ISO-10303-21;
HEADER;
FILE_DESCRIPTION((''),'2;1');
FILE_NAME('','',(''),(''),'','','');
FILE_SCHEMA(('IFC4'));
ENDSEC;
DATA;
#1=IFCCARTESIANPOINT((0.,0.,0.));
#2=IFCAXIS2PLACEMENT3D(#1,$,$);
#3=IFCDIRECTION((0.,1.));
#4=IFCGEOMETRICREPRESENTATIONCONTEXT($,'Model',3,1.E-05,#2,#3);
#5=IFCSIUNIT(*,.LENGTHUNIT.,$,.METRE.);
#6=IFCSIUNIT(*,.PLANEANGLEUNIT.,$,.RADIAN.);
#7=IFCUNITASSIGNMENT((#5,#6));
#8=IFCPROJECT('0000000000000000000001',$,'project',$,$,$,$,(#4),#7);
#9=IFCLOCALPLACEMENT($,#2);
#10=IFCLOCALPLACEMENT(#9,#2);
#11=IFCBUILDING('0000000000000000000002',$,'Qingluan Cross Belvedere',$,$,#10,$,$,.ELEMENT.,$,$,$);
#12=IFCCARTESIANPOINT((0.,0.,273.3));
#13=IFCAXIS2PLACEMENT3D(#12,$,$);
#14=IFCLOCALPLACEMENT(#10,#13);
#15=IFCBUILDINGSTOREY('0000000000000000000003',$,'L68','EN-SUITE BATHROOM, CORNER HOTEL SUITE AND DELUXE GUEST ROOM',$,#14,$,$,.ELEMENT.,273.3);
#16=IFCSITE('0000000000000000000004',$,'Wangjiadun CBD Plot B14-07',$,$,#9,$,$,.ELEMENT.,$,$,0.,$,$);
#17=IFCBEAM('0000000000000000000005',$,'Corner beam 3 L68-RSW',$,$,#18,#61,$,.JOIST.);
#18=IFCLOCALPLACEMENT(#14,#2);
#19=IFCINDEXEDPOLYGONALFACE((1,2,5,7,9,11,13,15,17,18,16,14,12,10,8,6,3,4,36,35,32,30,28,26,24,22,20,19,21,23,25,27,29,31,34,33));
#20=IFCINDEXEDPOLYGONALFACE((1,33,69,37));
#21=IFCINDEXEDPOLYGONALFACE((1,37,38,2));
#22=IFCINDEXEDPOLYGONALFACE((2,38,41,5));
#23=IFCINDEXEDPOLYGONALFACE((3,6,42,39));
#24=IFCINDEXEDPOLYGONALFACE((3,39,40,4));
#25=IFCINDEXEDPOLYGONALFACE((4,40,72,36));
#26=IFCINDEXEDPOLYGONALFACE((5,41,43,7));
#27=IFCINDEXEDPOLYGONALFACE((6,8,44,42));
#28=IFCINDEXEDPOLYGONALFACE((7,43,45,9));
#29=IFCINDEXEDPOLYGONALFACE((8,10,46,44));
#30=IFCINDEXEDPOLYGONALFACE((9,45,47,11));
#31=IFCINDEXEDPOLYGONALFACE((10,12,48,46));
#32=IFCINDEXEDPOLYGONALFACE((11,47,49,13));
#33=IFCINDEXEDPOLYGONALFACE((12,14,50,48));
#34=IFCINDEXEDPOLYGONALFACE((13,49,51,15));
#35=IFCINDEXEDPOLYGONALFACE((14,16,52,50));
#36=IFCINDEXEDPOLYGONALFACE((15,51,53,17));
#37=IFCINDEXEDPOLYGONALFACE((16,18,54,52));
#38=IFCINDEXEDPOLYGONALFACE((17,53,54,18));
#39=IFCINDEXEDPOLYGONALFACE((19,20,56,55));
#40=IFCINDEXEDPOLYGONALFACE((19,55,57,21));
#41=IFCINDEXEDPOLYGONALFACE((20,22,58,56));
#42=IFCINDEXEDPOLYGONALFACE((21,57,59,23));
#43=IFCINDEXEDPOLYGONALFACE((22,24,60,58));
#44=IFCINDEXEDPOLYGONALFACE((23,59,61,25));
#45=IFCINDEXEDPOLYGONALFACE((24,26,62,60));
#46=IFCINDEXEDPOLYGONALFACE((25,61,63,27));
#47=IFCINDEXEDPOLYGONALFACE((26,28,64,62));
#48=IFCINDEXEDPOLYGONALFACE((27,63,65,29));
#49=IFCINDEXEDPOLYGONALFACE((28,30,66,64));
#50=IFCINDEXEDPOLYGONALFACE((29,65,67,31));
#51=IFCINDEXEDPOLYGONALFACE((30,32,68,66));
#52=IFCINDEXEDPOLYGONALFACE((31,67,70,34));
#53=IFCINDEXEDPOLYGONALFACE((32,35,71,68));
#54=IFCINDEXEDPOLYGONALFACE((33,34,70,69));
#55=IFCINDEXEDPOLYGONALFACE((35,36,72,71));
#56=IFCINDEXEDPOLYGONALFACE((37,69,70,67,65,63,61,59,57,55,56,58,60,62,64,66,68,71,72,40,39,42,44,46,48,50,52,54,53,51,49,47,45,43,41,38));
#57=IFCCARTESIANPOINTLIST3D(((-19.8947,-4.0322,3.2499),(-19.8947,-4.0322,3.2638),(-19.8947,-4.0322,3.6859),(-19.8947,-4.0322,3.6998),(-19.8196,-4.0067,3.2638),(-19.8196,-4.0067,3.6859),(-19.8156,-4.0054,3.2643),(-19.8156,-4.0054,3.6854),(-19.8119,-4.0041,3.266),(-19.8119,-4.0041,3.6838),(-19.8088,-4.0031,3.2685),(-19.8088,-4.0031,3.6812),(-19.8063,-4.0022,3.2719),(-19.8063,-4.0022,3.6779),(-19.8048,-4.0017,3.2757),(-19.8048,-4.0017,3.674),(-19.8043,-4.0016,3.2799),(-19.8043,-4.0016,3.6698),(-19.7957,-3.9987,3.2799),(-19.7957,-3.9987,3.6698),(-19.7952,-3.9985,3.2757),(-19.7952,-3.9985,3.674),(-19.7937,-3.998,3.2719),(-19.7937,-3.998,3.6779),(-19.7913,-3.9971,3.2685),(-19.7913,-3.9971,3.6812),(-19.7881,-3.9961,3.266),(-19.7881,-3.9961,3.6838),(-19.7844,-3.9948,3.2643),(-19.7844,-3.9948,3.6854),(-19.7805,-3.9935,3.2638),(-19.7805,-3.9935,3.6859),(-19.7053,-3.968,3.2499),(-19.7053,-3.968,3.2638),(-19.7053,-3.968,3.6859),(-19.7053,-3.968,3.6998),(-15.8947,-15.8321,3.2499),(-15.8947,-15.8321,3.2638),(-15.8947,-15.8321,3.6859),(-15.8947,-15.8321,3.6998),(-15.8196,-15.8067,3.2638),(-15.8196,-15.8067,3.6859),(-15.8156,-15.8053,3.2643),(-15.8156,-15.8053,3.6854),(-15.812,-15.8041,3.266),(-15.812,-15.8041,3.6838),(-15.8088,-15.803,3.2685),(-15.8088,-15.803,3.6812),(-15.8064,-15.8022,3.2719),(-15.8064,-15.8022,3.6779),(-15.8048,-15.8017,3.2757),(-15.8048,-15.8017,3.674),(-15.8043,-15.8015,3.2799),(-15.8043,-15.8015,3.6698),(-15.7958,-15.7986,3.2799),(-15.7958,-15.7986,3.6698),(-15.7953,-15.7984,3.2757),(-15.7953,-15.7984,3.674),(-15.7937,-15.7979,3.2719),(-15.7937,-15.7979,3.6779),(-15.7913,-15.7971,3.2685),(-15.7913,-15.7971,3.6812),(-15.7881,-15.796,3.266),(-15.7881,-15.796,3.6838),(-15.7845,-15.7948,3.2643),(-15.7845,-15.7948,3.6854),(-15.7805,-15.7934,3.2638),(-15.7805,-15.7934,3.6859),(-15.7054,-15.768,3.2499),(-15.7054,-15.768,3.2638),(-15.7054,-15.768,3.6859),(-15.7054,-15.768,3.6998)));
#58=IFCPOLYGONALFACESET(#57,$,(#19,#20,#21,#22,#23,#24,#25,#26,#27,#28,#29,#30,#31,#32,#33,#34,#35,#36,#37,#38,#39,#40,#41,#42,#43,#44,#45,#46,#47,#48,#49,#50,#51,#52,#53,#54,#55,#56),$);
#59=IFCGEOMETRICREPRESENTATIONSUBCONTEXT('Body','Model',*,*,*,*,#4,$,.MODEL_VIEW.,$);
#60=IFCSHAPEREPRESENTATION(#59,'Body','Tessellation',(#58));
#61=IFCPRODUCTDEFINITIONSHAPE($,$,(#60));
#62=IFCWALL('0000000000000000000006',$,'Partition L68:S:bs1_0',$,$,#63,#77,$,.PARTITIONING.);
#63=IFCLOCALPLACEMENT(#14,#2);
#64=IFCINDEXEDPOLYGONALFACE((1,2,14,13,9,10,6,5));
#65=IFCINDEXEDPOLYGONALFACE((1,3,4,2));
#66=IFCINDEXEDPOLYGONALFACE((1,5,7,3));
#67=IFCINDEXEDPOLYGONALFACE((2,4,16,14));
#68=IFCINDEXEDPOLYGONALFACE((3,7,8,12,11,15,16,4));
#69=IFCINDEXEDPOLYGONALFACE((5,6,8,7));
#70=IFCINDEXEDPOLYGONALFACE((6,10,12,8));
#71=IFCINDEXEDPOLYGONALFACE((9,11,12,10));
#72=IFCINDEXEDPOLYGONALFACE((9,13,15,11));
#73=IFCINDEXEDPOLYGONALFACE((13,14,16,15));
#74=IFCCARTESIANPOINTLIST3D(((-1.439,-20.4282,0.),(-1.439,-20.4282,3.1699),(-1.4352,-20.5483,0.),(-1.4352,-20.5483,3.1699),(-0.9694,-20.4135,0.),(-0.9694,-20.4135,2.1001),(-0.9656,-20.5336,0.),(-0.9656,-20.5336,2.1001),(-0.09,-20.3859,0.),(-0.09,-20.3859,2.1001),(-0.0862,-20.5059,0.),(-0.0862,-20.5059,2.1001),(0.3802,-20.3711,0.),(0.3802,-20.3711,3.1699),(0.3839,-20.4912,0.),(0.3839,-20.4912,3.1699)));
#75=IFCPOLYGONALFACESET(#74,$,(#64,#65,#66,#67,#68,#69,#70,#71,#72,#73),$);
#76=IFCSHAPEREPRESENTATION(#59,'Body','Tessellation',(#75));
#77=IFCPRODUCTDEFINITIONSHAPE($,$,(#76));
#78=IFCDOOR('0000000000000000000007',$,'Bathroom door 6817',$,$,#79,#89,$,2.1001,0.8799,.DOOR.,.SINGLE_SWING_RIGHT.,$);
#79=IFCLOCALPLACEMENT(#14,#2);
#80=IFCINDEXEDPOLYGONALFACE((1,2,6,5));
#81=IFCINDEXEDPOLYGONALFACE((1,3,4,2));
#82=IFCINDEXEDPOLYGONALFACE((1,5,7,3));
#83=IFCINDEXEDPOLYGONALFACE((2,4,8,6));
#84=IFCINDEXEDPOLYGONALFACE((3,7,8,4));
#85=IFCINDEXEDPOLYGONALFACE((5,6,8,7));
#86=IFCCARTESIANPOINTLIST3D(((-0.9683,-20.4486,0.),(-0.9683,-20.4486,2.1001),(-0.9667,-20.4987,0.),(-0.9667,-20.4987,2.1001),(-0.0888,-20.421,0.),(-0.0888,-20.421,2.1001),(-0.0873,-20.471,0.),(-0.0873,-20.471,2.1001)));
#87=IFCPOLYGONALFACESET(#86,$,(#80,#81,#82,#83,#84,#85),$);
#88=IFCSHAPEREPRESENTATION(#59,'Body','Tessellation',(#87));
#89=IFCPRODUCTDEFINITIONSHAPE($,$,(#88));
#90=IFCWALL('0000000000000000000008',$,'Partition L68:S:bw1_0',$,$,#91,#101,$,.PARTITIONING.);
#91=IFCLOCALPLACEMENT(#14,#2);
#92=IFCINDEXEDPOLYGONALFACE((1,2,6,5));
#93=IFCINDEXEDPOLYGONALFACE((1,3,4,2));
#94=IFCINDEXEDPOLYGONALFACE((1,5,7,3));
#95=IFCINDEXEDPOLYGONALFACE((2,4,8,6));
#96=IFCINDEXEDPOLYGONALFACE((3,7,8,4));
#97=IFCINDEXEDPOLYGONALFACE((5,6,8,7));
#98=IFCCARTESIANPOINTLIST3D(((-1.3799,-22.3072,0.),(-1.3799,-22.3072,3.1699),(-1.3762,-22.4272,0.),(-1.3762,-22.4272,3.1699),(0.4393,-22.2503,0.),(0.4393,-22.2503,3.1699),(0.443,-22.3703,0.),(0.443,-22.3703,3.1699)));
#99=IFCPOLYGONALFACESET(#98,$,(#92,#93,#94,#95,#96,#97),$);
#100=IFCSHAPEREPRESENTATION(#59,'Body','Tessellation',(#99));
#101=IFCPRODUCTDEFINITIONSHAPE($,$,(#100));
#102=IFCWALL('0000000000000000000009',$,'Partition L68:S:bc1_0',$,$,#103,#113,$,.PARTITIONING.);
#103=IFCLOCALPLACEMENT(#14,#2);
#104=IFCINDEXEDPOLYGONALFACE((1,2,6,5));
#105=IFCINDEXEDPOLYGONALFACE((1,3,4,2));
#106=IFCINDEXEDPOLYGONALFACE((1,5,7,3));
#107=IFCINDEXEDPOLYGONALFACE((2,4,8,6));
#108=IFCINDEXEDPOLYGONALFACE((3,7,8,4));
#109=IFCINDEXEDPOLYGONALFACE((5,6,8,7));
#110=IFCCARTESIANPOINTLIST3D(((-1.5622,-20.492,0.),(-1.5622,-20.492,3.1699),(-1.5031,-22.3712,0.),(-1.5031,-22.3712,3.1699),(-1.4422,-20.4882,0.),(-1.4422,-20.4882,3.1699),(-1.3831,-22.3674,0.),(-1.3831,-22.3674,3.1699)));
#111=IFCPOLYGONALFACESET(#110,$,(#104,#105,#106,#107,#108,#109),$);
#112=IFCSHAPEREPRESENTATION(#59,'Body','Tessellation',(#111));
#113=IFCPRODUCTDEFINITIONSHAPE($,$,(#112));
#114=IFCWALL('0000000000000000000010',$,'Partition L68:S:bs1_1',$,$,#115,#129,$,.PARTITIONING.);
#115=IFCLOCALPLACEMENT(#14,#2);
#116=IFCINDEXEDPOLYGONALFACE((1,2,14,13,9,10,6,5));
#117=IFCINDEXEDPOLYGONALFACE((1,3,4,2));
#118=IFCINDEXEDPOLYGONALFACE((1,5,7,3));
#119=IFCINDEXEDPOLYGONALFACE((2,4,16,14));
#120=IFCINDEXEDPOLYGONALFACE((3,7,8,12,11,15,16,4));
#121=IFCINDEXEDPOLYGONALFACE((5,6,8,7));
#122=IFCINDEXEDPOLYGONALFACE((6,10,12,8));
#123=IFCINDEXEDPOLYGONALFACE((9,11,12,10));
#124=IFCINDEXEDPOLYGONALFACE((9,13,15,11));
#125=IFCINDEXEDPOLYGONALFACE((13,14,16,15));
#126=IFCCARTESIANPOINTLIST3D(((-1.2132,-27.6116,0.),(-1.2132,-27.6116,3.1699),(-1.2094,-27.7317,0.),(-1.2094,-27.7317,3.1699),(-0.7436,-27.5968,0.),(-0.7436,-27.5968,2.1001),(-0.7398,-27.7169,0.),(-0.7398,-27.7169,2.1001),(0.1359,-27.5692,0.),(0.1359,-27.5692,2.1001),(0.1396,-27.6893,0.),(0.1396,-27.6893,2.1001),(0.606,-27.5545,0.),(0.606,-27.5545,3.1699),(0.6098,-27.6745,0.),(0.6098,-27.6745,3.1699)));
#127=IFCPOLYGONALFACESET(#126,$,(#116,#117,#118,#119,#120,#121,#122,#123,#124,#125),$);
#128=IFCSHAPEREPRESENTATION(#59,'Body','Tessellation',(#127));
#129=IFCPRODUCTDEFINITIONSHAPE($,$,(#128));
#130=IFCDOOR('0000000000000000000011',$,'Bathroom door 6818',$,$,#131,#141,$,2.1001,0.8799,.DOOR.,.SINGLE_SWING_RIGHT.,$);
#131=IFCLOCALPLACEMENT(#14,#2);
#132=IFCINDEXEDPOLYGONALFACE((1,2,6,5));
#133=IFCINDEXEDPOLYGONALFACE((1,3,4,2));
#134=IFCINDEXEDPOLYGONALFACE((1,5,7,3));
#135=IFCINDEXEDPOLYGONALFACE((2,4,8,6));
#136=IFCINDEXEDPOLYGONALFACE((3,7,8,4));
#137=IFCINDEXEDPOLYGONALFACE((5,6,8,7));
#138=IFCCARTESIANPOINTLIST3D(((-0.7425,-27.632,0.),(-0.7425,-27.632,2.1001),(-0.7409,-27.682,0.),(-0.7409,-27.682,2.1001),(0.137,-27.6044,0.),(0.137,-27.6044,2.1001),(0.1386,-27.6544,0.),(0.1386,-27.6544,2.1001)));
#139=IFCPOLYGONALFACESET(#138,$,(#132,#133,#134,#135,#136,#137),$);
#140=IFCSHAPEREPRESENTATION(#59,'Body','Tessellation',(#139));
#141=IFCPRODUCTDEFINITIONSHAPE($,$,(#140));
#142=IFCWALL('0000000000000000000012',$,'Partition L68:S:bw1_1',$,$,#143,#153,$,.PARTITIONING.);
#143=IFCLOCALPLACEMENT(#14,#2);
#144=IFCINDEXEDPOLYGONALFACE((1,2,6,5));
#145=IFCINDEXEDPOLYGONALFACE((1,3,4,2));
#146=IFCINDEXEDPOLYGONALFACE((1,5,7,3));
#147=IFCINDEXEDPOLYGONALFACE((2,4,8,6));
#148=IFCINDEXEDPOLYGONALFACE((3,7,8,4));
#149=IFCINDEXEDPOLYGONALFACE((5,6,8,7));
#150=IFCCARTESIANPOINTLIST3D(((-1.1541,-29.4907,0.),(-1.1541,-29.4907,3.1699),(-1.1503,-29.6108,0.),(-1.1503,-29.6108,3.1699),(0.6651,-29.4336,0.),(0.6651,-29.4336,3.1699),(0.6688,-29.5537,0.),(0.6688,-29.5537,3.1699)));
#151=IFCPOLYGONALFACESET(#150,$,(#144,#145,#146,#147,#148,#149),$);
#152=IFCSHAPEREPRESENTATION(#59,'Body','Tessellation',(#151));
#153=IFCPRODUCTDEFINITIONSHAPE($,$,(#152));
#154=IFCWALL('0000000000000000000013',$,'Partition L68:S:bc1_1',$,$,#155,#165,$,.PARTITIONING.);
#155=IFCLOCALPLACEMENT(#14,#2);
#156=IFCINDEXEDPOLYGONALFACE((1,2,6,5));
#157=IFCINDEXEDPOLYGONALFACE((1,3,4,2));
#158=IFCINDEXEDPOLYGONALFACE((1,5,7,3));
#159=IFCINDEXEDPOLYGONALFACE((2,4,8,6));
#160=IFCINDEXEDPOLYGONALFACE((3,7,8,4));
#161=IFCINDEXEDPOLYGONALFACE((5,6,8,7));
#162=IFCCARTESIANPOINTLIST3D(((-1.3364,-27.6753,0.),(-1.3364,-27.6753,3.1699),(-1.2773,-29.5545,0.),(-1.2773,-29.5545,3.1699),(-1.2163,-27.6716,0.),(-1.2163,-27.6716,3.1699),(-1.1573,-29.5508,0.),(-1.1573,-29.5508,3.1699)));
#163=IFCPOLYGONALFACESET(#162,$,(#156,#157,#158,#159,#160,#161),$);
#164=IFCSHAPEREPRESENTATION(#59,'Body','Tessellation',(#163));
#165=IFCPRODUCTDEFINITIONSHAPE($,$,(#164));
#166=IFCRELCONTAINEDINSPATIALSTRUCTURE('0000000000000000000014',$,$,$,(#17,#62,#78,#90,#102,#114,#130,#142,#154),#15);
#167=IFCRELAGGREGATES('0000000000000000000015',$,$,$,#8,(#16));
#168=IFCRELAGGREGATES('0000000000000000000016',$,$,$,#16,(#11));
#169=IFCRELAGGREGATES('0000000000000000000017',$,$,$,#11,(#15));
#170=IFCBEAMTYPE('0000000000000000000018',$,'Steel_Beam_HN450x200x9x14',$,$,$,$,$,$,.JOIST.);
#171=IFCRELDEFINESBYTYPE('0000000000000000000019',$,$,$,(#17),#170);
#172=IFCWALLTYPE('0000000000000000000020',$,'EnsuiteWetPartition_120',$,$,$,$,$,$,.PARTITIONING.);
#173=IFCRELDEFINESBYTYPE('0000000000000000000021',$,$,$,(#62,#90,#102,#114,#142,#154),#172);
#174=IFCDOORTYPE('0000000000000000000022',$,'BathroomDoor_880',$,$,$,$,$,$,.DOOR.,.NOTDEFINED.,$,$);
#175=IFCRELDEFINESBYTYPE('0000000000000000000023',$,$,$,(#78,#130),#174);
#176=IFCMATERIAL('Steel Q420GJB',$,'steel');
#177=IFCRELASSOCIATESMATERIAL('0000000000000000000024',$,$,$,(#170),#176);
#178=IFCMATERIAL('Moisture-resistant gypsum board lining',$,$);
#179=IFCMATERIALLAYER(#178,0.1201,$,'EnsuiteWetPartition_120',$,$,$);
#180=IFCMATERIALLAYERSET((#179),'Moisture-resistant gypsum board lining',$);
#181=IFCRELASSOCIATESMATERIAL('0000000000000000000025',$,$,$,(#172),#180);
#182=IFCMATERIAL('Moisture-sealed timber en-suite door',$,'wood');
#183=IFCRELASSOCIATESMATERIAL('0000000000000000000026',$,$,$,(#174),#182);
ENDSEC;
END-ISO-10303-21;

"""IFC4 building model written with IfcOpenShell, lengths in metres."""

from ifc_helpers import new_model, si_unit, direction, frame, frame_2d, origin, origin_2d, place, context, subcontext, project, spatial, rectangle, i_section, extrude, material, layer, layer_set, material_profile, profile_set, type_object, element, fill, save


model = new_model("IFC4")

# Units and contexts
model_context = context("Model", 3, precision=1e-05, world=origin(), true_north=direction((0.0, 1.0)))
body_context = subcontext(model_context, "Body", "Model", "MODEL_VIEW")
ifc_project = project(units=[si_unit("LENGTHUNIT", "METRE"), si_unit("PLANEANGLEUNIT", "RADIAN")], contexts=[model_context])

# Site, building, storey
site_placement = place(None, origin())
site = spatial("IfcSite", under=ifc_project, at=site_placement, Name="Wangjiadun CBD Plot B14-07", CompositionType="ELEMENT", RefElevation=0.0)
building_placement = place(site_placement, origin())
building = spatial("IfcBuilding", under=site, at=building_placement, Name="Qingluan Cross Belvedere", CompositionType="ELEMENT")
storey_placement = place(building_placement, frame((0.0, 0.0, 273.3)))
storey = spatial("IfcBuildingStorey", under=building, at=storey_placement, Name="L68", Description="EN-SUITE BATHROOM, CORNER HOTEL SUITE AND DELUXE GUEST ROOM", CompositionType="ELEMENT", Elevation=273.3)

# Beam
ifc_material_1 = material(Name="Steel Q420GJB", Category="steel")
ifc_material_profile_1 = material_profile(ifc_material_1, i_section(OverallWidth=0.2, OverallDepth=0.45, WebThickness=0.009, FlangeThickness=0.0139, FilletRadius=0.0161, at=origin_2d()), Name="HN450x200x9x14")
ifc_profile_set_1 = profile_set([ifc_material_profile_1], Name="Steel Q420GJB")
beam_type_1 = type_object("IfcBeamType", Name="Steel_Beam_HN450x200x9x14", PredefinedType="JOIST", material=ifc_profile_set_1)
for number, where, z_axis, x_axis, name in (
    (1, (-15.8, -15.8, 3.4749), (-0.321038, 0.947066, 0.0), (-0.947066, -0.321038, 0.0), "Corner beam 3 L68-RSW"),
):
    element("IfcBeam", number, at=place(storey_placement, frame(where, z_axis=z_axis, x_axis=x_axis)), inside=storey, type_object=beam_type_1, Name=name, PredefinedType="JOIST", context=body_context, shape_type="SweptSolid", body=[
        extrude(i_section(OverallWidth=0.2, OverallDepth=0.45, WebThickness=0.009, FlangeThickness=0.0139, FilletRadius=0.0161, at=origin_2d()), origin(), (0.0, 0.0, 1.0), 12.4595),
    ])

# Wall, opening, door
ifc_material_2 = material(Name="Moisture-resistant gypsum board lining")
ifc_layer_1 = layer(ifc_material_2, 0.1201, Name="EnsuiteWetPartition_120")
ifc_layer_set_1 = layer_set([ifc_layer_1], Name="Moisture-resistant gypsum board lining")
wall_type_1 = type_object("IfcWallType", Name="EnsuiteWetPartition_120", PredefinedType="PARTITIONING", material=ifc_layer_set_1)
wall_1_placement = place(storey_placement, frame((-1.4373, -20.4883, 0.0), z_axis=(0.0, 0.0, 1.0), x_axis=(0.999507, 0.03139, 0.0)))
wall_1 = element("IfcWall", 2, at=wall_1_placement, inside=storey, type_object=wall_type_1, Name="Partition L68:S:bs1_0", PredefinedType="PARTITIONING", context=body_context, shape_type="SweptSolid", body=[
    extrude(rectangle(XDim=1.8201, YDim=0.1201, at=frame_2d((0.9102, 0.0))), origin(), (0.0, 0.0, 1.0), 3.1699),
])
opening_1_placement = place(wall_1_placement, frame((0.47, 0.0, 0.0)))
opening_1 = element("IfcOpeningElement", 3, at=opening_1_placement, cuts=wall_1, PredefinedType="OPENING", context=body_context, shape_type="SweptSolid", body=[
    extrude(rectangle(XDim=0.8799, YDim=2.1001, at=frame_2d((0.4399, 1.05))), frame((0.0, 0.0701, 0.0), z_axis=(0.0, -1.0, 0.0), x_axis=(1.0, 0.0, 0.0)), (0.0, 0.0, 1.0), 0.1401),
])
ifc_material_3 = material(Name="Moisture-sealed timber en-suite door", Category="wood")
door_type = type_object("IfcDoorType", Name="BathroomDoor_880", OperationType="NOTDEFINED", PredefinedType="DOOR", material=ifc_material_3)
door_1_placement = place(opening_1_placement, origin())
door_1 = element("IfcDoor", 4, at=door_1_placement, inside=storey, type_object=door_type, Name="Bathroom door 6817", OperationType="SINGLE_SWING_RIGHT", OverallHeight=2.1001, OverallWidth=0.8799, PredefinedType="DOOR", context=body_context, shape_type="SweptSolid", body=[
    extrude(rectangle(XDim=0.8799, YDim=2.1001, at=frame_2d((0.4399, 1.05))), frame((0.0, 0.0249, 0.0), z_axis=(0.0, -1.0, 0.0), x_axis=(1.0, 0.0, 0.0)), (0.0, 0.0, 1.0), 0.05),
])
fill(opening_1, door_1)

# Walls
wall_2_placement = place(storey_placement, frame((-1.3782, -22.3672, 0.0), z_axis=(0.0, 0.0, 1.0), x_axis=(0.999511, 0.031256, 0.0)))
element("IfcWall", 5, at=wall_2_placement, inside=storey, type_object=wall_type_1, Name="Partition L68:S:bw1_0", PredefinedType="PARTITIONING", context=body_context, shape_type="SweptSolid", body=[
    extrude(rectangle(XDim=1.8201, YDim=0.1201, at=frame_2d((0.9102, 0.0))), origin(), (0.0, 0.0, 1.0), 3.1699),
])
wall_3_placement = place(storey_placement, frame((-1.5022, -20.4902, 0.0), z_axis=(0.0, 0.0, 1.0), x_axis=(0.031425, -0.999506, 0.0)))
element("IfcWall", 6, at=wall_3_placement, inside=storey, type_object=wall_type_1, Name="Partition L68:S:bc1_0", PredefinedType="PARTITIONING", context=body_context, shape_type="SweptSolid", body=[
    extrude(rectangle(XDim=1.8801, YDim=0.1201, at=frame_2d((0.9399, 0.0))), origin(), (0.0, 0.0, 1.0), 3.1699),
])

# Wall, opening, door
wall_4_placement = place(storey_placement, frame((-1.2114, -27.6716, 0.0), z_axis=(0.0, 0.0, 1.0), x_axis=(0.999507, 0.03139, 0.0)))
wall_4 = element("IfcWall", 7, at=wall_4_placement, inside=storey, type_object=wall_type_1, Name="Partition L68:S:bs1_1", PredefinedType="PARTITIONING", context=body_context, shape_type="SweptSolid", body=[
    extrude(rectangle(XDim=1.8201, YDim=0.1201, at=frame_2d((0.9102, 0.0))), origin(), (0.0, 0.0, 1.0), 3.1699),
])
opening_2_placement = place(wall_4_placement, frame((0.47, 0.0, 0.0)))
opening_2 = element("IfcOpeningElement", 8, at=opening_2_placement, cuts=wall_4, PredefinedType="OPENING", context=body_context, shape_type="SweptSolid", body=[
    extrude(rectangle(XDim=0.8799, YDim=2.1001, at=frame_2d((0.4399, 1.05))), frame((0.0, 0.0701, 0.0), z_axis=(0.0, -1.0, 0.0), x_axis=(1.0, 0.0, 0.0)), (0.0, 0.0, 1.0), 0.1401),
])
door_2_placement = place(opening_2_placement, origin())
door_2 = element("IfcDoor", 9, at=door_2_placement, inside=storey, type_object=door_type, Name="Bathroom door 6818", OperationType="SINGLE_SWING_RIGHT", OverallHeight=2.1001, OverallWidth=0.8799, PredefinedType="DOOR", context=body_context, shape_type="SweptSolid", body=[
    extrude(rectangle(XDim=0.8799, YDim=2.1001, at=frame_2d((0.4399, 1.05))), frame((0.0, 0.0249, 0.0), z_axis=(0.0, -1.0, 0.0), x_axis=(1.0, 0.0, 0.0)), (0.0, 0.0, 1.0), 0.05),
])
fill(opening_2, door_2)

# Walls
wall_5_placement = place(storey_placement, frame((-1.1523, -29.5508, 0.0), z_axis=(0.0, 0.0, 1.0), x_axis=(0.999507, 0.03139, 0.0)))
element("IfcWall", 10, at=wall_5_placement, inside=storey, type_object=wall_type_1, Name="Partition L68:S:bw1_1", PredefinedType="PARTITIONING", context=body_context, shape_type="SweptSolid", body=[
    extrude(rectangle(XDim=1.8201, YDim=0.1201, at=frame_2d((0.9102, 0.0))), origin(), (0.0, 0.0, 1.0), 3.1699),
])
wall_6_placement = place(storey_placement, frame((-1.2764, -27.6736, 0.0), z_axis=(0.0, 0.0, 1.0), x_axis=(0.031425, -0.999506, 0.0)))
element("IfcWall", 11, at=wall_6_placement, inside=storey, type_object=wall_type_1, Name="Partition L68:S:bc1_1", PredefinedType="PARTITIONING", context=body_context, shape_type="SweptSolid", body=[
    extrude(rectangle(XDim=1.8801, YDim=0.1201, at=frame_2d((0.9399, 0.0))), origin(), (0.0, 0.0, 1.0), 3.1699),
])

save(model, "model.ifc")
